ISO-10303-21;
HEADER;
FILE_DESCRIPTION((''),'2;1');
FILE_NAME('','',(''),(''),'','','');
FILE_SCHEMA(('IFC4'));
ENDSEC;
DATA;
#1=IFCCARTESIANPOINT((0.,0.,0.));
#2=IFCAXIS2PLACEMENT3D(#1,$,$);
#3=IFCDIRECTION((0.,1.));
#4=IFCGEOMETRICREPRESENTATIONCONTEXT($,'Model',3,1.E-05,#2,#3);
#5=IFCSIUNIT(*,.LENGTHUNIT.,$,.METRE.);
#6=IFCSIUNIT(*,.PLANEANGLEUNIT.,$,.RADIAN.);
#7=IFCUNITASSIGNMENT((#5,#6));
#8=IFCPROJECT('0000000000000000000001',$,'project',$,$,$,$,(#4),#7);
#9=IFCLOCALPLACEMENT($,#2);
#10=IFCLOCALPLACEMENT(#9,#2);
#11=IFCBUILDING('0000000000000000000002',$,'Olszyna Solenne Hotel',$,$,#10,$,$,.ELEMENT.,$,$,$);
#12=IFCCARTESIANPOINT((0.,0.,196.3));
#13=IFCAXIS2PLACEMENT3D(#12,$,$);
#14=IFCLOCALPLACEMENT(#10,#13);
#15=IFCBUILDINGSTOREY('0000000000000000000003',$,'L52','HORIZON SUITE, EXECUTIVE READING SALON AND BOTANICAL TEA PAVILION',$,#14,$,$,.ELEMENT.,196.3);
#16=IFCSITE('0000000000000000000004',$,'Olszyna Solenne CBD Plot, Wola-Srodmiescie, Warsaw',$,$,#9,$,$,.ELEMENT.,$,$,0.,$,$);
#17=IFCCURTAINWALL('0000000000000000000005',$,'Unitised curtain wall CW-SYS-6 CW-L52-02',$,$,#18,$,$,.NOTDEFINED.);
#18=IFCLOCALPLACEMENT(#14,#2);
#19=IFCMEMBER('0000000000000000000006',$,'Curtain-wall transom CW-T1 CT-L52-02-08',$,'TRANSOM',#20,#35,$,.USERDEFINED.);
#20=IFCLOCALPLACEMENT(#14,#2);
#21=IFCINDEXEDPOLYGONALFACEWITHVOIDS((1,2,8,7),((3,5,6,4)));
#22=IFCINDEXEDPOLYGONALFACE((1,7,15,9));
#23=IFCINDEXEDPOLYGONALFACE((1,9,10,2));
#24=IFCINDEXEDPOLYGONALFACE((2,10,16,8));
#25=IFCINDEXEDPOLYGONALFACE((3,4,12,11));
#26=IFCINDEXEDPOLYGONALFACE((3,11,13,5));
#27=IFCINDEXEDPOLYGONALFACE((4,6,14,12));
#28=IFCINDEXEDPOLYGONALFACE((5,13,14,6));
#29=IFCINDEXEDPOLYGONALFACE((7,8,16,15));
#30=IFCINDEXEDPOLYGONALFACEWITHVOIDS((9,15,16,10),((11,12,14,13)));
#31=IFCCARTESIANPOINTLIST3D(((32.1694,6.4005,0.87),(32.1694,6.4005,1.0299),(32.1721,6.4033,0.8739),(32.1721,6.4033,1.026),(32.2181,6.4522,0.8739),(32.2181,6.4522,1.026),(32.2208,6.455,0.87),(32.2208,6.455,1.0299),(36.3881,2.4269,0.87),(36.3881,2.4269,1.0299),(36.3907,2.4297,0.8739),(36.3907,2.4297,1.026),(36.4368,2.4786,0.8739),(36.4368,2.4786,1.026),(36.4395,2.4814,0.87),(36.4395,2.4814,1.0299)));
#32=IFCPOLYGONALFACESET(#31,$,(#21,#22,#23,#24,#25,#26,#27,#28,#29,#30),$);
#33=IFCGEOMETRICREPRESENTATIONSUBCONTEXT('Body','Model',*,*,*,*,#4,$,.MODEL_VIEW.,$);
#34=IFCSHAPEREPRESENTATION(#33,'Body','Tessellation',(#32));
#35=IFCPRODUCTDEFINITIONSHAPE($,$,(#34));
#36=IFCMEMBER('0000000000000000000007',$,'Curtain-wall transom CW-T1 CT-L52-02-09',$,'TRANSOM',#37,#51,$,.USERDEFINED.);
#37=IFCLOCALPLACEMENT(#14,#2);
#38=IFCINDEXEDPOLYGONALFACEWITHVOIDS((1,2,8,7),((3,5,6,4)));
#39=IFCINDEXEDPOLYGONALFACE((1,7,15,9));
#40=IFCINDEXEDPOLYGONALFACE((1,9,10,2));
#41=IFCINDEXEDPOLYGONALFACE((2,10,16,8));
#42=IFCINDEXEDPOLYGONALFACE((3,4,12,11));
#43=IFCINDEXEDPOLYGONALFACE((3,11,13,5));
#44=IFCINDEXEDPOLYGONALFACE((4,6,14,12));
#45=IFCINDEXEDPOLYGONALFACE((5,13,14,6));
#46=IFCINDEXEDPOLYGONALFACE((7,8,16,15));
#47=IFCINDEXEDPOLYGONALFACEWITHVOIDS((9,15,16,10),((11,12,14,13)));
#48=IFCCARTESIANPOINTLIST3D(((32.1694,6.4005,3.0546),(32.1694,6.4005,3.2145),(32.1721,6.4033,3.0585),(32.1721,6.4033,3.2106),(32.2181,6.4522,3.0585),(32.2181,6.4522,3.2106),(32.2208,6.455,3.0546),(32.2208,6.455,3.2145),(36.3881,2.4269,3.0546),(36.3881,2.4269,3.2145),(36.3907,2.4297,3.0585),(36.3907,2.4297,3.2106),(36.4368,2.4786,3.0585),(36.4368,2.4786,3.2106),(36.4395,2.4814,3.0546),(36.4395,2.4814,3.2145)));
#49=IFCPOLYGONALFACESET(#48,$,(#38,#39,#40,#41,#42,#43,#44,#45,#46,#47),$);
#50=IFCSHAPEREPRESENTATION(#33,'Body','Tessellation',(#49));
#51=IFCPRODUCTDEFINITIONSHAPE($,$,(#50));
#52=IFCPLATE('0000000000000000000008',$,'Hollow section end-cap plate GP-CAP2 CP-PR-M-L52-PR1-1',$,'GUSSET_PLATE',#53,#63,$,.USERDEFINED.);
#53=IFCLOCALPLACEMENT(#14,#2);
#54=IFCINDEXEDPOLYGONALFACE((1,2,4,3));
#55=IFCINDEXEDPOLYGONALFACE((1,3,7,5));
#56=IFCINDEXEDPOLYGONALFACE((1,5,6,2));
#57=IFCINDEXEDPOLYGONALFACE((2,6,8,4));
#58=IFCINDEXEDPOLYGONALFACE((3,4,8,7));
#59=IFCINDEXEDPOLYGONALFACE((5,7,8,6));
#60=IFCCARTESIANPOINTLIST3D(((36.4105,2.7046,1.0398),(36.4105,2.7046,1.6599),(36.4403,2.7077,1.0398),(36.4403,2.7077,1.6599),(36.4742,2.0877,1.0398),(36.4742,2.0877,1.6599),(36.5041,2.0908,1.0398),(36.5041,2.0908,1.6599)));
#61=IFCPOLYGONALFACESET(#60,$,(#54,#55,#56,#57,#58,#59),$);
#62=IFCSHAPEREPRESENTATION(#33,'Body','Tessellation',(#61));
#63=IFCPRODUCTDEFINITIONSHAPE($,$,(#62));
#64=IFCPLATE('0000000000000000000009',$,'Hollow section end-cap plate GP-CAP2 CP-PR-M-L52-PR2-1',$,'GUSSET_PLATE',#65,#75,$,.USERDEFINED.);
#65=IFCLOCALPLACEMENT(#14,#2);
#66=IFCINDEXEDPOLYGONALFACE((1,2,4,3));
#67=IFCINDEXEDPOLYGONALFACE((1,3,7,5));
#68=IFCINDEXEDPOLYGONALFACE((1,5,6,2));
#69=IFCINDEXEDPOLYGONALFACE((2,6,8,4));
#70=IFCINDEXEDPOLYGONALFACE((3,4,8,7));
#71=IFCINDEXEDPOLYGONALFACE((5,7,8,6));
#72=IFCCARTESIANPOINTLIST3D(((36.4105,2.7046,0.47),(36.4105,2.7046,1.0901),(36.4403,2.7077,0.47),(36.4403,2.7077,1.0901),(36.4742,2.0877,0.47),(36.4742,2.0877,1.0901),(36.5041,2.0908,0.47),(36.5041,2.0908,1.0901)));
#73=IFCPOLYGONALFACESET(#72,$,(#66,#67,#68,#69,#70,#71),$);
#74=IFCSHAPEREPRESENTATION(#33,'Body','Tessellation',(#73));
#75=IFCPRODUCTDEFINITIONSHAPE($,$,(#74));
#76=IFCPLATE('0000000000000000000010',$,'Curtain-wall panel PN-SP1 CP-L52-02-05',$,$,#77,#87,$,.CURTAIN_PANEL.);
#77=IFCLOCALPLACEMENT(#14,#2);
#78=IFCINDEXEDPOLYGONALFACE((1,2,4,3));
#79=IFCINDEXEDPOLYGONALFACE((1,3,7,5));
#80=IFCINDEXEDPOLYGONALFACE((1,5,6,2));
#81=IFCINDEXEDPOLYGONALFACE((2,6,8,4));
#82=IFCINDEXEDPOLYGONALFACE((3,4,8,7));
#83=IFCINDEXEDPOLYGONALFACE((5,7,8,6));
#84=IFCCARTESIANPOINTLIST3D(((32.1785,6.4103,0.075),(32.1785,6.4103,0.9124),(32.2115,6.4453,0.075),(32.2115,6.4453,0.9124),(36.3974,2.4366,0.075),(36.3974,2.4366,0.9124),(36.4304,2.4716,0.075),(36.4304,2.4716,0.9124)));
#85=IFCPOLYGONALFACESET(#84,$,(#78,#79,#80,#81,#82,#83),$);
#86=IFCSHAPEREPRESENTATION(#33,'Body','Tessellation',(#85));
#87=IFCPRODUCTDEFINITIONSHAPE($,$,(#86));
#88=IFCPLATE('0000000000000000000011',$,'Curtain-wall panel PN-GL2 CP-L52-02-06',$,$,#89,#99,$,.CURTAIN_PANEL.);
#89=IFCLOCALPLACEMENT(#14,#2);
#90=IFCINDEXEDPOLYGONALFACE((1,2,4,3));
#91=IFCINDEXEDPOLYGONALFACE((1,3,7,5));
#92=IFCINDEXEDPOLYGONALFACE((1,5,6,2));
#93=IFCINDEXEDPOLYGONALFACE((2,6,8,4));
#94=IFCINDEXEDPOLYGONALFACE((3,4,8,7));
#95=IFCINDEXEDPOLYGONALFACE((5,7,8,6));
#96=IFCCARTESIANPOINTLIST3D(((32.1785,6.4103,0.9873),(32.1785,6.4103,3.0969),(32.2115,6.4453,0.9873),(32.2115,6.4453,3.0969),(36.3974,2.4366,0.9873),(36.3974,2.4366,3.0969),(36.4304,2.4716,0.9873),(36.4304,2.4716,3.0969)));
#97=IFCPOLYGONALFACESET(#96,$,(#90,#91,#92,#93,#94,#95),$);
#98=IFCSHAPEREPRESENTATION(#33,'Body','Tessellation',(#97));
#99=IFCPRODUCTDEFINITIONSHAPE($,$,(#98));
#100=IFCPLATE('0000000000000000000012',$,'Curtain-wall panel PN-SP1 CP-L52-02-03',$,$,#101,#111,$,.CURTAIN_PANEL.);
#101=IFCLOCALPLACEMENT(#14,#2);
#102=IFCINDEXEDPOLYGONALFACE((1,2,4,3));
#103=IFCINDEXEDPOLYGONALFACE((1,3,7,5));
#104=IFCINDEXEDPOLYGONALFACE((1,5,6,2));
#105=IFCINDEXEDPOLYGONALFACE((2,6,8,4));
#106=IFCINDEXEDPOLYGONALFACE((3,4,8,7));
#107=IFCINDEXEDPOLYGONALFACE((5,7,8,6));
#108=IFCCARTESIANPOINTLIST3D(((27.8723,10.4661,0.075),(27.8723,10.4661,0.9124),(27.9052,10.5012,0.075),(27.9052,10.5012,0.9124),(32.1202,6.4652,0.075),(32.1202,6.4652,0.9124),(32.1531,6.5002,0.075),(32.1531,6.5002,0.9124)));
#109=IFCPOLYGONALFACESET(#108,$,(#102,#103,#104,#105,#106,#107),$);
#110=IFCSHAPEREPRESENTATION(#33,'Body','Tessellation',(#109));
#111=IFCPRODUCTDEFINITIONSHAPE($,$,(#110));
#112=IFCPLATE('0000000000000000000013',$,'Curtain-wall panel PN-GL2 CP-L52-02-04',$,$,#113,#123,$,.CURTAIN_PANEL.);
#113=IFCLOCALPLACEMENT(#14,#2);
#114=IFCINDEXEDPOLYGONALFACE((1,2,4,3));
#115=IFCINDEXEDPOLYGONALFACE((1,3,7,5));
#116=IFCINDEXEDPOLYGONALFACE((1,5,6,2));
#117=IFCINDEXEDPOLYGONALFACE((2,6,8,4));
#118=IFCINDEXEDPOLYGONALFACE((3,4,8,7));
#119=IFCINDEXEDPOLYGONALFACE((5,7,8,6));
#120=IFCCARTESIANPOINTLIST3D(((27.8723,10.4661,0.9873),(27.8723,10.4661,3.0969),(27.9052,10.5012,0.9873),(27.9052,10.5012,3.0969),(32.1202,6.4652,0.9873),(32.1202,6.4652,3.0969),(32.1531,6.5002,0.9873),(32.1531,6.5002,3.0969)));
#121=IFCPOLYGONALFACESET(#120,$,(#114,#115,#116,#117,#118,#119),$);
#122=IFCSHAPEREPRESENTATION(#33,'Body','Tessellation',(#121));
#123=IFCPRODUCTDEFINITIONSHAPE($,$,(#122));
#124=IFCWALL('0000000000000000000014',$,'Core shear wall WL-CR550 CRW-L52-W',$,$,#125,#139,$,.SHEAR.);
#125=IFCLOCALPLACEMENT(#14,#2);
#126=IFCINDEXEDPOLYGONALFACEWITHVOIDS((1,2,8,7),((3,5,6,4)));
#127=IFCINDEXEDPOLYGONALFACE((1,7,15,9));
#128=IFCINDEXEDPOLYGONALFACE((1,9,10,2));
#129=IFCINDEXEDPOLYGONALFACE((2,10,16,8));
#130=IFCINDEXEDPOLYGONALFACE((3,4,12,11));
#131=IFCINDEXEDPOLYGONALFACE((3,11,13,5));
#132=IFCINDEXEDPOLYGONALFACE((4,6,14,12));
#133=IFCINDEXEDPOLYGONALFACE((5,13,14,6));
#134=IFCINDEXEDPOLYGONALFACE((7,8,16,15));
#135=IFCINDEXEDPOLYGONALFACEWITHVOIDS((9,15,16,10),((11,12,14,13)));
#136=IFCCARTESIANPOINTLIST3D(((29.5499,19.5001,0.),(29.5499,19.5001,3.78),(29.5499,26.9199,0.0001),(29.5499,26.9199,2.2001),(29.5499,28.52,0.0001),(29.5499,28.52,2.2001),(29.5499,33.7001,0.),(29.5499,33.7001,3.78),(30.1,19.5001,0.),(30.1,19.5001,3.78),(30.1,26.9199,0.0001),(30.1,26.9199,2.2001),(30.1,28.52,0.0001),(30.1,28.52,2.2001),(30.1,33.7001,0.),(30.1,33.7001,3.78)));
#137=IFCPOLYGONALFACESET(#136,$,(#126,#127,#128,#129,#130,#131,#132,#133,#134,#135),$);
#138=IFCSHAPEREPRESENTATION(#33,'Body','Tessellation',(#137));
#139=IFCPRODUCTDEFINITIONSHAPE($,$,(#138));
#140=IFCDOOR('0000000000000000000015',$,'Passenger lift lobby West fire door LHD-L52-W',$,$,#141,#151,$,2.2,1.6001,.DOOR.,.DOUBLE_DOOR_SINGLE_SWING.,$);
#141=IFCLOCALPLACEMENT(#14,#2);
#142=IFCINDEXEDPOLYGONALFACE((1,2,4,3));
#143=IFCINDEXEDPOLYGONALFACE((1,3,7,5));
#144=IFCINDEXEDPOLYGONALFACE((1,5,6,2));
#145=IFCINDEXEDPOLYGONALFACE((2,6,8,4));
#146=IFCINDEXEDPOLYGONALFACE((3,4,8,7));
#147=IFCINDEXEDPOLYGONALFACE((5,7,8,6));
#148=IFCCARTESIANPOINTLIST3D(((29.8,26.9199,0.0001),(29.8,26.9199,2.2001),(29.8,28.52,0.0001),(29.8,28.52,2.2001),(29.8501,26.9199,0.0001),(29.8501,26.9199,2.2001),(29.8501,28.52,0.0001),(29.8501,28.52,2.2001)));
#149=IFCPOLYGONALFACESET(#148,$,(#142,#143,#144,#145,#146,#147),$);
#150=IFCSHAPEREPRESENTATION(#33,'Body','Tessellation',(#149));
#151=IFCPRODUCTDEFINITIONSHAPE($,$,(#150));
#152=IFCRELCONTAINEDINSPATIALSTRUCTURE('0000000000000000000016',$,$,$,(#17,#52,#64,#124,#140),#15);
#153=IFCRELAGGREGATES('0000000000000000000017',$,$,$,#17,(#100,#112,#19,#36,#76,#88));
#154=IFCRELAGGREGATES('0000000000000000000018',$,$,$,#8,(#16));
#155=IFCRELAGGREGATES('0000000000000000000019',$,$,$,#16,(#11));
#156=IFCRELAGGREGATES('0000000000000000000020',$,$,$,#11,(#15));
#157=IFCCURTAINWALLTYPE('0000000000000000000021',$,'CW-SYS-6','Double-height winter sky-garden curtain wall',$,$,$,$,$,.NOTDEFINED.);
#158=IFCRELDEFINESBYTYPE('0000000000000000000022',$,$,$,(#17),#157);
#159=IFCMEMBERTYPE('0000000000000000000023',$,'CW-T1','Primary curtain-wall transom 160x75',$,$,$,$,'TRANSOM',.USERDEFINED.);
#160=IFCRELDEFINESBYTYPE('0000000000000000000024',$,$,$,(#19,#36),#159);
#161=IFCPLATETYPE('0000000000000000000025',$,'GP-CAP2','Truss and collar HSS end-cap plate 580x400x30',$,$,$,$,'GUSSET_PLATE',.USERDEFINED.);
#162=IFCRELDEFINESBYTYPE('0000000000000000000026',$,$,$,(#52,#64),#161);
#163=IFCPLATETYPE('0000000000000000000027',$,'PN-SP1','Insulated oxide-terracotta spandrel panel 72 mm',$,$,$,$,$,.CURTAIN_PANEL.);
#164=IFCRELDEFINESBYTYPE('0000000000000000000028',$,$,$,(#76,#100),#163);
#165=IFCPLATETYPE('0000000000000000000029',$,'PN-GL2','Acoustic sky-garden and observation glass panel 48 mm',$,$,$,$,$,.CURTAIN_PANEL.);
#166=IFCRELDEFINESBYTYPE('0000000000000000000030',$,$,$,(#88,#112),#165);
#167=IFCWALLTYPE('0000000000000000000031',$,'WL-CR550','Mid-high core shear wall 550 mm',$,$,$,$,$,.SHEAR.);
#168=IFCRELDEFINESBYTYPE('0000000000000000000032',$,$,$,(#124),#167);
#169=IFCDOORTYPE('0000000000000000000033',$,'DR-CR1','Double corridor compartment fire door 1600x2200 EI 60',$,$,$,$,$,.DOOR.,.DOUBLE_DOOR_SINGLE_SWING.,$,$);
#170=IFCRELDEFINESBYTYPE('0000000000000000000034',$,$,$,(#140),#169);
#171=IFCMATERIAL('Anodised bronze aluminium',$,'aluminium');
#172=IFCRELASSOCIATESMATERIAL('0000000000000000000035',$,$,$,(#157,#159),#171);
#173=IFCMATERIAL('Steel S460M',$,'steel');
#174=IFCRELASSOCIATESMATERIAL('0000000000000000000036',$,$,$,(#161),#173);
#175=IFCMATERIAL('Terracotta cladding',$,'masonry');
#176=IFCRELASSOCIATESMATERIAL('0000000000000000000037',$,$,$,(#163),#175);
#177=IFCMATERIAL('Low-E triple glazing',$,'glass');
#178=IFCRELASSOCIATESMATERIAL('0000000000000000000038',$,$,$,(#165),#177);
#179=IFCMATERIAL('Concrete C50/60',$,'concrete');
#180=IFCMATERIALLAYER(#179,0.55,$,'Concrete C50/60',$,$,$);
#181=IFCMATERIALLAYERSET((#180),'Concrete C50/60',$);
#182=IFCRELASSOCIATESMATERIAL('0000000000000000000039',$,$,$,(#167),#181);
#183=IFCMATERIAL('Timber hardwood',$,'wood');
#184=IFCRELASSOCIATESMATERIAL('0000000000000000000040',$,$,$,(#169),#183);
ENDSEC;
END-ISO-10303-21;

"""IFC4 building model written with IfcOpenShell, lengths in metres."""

from ifc_helpers import new_model, si_unit, direction, frame, frame_2d, origin, origin_2d, place, context, subcontext, project, spatial, rectangle, hollow_rectangle, extrude, source, transform, mapped, material, layer, layer_set, material_profile, profile_set, type_object, type_shapes, element, fill, aggregate, save


model = new_model("IFC4")

# Units and contexts
model_context = context("Model", 3, precision=1e-05, world=origin(), true_north=direction((0.0, 1.0)))
body_context = subcontext(model_context, "Body", "Model", "MODEL_VIEW")
ifc_project = project(units=[si_unit("LENGTHUNIT", "METRE"), si_unit("PLANEANGLEUNIT", "RADIAN")], contexts=[model_context])

# Site, building, storey
site_placement = place(None, origin())
site = spatial("IfcSite", under=ifc_project, at=site_placement, Name="Olszyna Solenne CBD Plot, Wola-Srodmiescie, Warsaw", CompositionType="ELEMENT", RefElevation=0.0)
building_placement = place(site_placement, origin())
building = spatial("IfcBuilding", under=site, at=building_placement, Name="Olszyna Solenne Hotel", CompositionType="ELEMENT")
storey_placement = place(building_placement, frame((0.0, 0.0, 196.3)))
storey = spatial("IfcBuildingStorey", under=building, at=storey_placement, Name="L52", Description="HORIZON SUITE, EXECUTIVE READING SALON AND BOTANICAL TEA PAVILION", CompositionType="ELEMENT", Elevation=196.3)

# Shared definitions
ifc_material_1 = material(Name="Steel S460M", Category="steel")

# Curtain wall, members
ifc_material_2 = material(Name="Anodised bronze aluminium", Category="aluminium")
curtain_wall_type = type_object("IfcCurtainWallType", Name="CW-SYS-6", Description="Double-height winter sky-garden curtain wall", PredefinedType="NOTDEFINED", material=ifc_material_2)
curtain_wall_placement = place(storey_placement, origin())
curtain_wall = element("IfcCurtainWall", 1, at=curtain_wall_placement, inside=storey, type_object=curtain_wall_type, Name="Unitised curtain wall CW-SYS-6 CW-L52-02", PredefinedType="NOTDEFINED")
ifc_material_profile_1 = material_profile(ifc_material_2, hollow_rectangle(XDim=0.075, YDim=0.1599, WallThickness=0.0039, at=origin_2d()), Name="TRAN 160x75x4", Category="load-bearing")
ifc_profile_set_1 = profile_set([ifc_material_profile_1], Name="Anodised bronze aluminium")
member_type_1 = type_object("IfcMemberType", Name="CW-T1", Description="Primary curtain-wall transom 160x75", ElementType="TRANSOM", PredefinedType="USERDEFINED", material=ifc_profile_set_1)
shared_shape_1 = source(origin(), body_context, "Body", "SweptSolid", [
    extrude(hollow_rectangle(XDim=0.075, YDim=0.1599, WallThickness=0.0039, at=origin_2d()), origin(), (0.0, 0.0, 1.0), 5.7954),
])
member_1_placement = place(storey_placement, frame((32.1951, 6.4277, 0.95), z_axis=(0.727938, -0.685643, 0.0), x_axis=(0.685643, 0.727938, 0.0)))
member_1 = element("IfcMember", 2, at=member_1_placement, type_object=member_type_1, Name="Curtain-wall transom CW-T1 CT-L52-02-08", ObjectType="TRANSOM", PredefinedType="USERDEFINED", context=body_context, shape_type="MappedRepresentation", body=[
    mapped(shared_shape_1, transform((0.0, 0.0, 0.0), x_axis=(1.0, 0.0, 0.0), y_axis=(0.0, 1.0, 0.0), z_axis=(0.0, 0.0, 1.0), scale=1.0)),
])
member_2_placement = place(storey_placement, frame((32.1951, 6.4277, 3.1345), z_axis=(0.727938, -0.685643, 0.0), x_axis=(0.685643, 0.727938, 0.0)))
member_2 = element("IfcMember", 3, at=member_2_placement, type_object=member_type_1, Name="Curtain-wall transom CW-T1 CT-L52-02-09", ObjectType="TRANSOM", PredefinedType="USERDEFINED", context=body_context, shape_type="MappedRepresentation", body=[
    mapped(shared_shape_1, transform((0.0, 0.0, 0.0), x_axis=(1.0, 0.0, 0.0), y_axis=(0.0, 1.0, 0.0), z_axis=(0.0, 0.0, 1.0), scale=1.0)),
])

# Plates
plate_type_1 = type_object("IfcPlateType", Name="GP-CAP2", Description="Truss and collar HSS end-cap plate 580x400x30", ElementType="GUSSET_PLATE", PredefinedType="USERDEFINED", material=ifc_material_1)
shared_shape_2 = source(origin(), body_context, "Body", "SweptSolid", [
    extrude(rectangle(XDim=0.03, YDim=0.6201, at=origin_2d()), origin(), (0.0, 0.0, 1.0), 0.6201),
])
for number, where, z_axis, x_axis, name in (
    (4, (36.4573, 2.3977, 1.0398), (0.0, 0.0, 1.0), (0.994703, 0.102793, 0.0), "Hollow section end-cap plate GP-CAP2 CP-PR-M-L52-PR1-1"),
    (5, (36.4573, 2.3977, 0.47), (0.0, 0.0, 1.0), (0.994703, 0.102793, 0.0), "Hollow section end-cap plate GP-CAP2 CP-PR-M-L52-PR2-1"),
):
    element("IfcPlate", number, at=place(storey_placement, frame(where, z_axis=z_axis, x_axis=x_axis)), inside=storey, type_object=plate_type_1, Name=name, ObjectType="GUSSET_PLATE", PredefinedType="USERDEFINED", context=body_context, shape_type="MappedRepresentation", body=[
        mapped(shared_shape_2, transform((0.0, 0.0, 0.0), x_axis=(1.0, 0.0, 0.0), y_axis=(0.0, 1.0, 0.0), z_axis=(0.0, 0.0, 1.0), scale=1.0)),
    ])

# Plates
ifc_material_3 = material(Name="Terracotta cladding", Category="masonry")
plate_type_2 = type_object("IfcPlateType", Name="PN-SP1", Description="Insulated oxide-terracotta spandrel panel 72 mm", PredefinedType="CURTAIN_PANEL", material=ifc_material_3)
shared_shape_3 = source(origin(), body_context, "Body", "SweptSolid", [
    extrude(rectangle(XDim=5.7957, YDim=0.0481, at=origin_2d()), origin(), (0.0, 0.0, 1.0), 0.8374),
])
plate_1_placement = place(storey_placement, frame((34.3044, 4.4409, 0.075), z_axis=(0.0, 0.0, 1.0), x_axis=(0.727946, -0.685634, 0.0)))
plate_1 = element("IfcPlate", 6, at=plate_1_placement, type_object=plate_type_2, Name="Curtain-wall panel PN-SP1 CP-L52-02-05", PredefinedType="CURTAIN_PANEL", context=body_context, shape_type="MappedRepresentation", body=[
    mapped(shared_shape_3, transform((0.0, 0.0, 0.0), x_axis=(1.0, 0.0, 0.0), y_axis=(0.0, 1.0, 0.0), z_axis=(0.0, 0.0, 1.0), scale=1.0)),
])
ifc_material_4 = material(Name="Low-E triple glazing", Category="glass")
plate_type_3 = type_object("IfcPlateType", Name="PN-GL2", Description="Acoustic sky-garden and observation glass panel 48 mm", PredefinedType="CURTAIN_PANEL", material=ifc_material_4)
shared_shape_4 = source(origin(), body_context, "Body", "SweptSolid", [
    extrude(rectangle(XDim=5.7957, YDim=0.0481, at=origin_2d()), origin(), (0.0, 0.0, 1.0), 2.1096),
])
plate_2_placement = place(storey_placement, frame((34.3044, 4.4409, 0.9873), z_axis=(0.0, 0.0, 1.0), x_axis=(0.727946, -0.685634, 0.0)))
plate_2 = element("IfcPlate", 7, at=plate_2_placement, type_object=plate_type_3, Name="Curtain-wall panel PN-GL2 CP-L52-02-06", PredefinedType="CURTAIN_PANEL", context=body_context, shape_type="MappedRepresentation", body=[
    mapped(shared_shape_4, transform((0.0, 0.0, 0.0), x_axis=(1.0, 0.0, 0.0), y_axis=(0.0, 1.0, 0.0), z_axis=(0.0, 0.0, 1.0), scale=1.0)),
])
shared_shape_5 = source(origin(), body_context, "Body", "SweptSolid", [
    extrude(rectangle(XDim=5.8354, YDim=0.0481, at=origin_2d()), origin(), (0.0, 0.0, 1.0), 0.8374),
])
plate_3_placement = place(storey_placement, frame((30.0127, 8.4832, 0.075), z_axis=(0.0, 0.0, 1.0), x_axis=(0.727946, -0.685634, 0.0)))
plate_3 = element("IfcPlate", 8, at=plate_3_placement, type_object=plate_type_2, Name="Curtain-wall panel PN-SP1 CP-L52-02-03", PredefinedType="CURTAIN_PANEL", context=body_context, shape_type="MappedRepresentation", body=[
    mapped(shared_shape_5, transform((0.0, 0.0, 0.0), x_axis=(1.0, 0.0, 0.0), y_axis=(0.0, 1.0, 0.0), z_axis=(0.0, 0.0, 1.0), scale=1.0)),
])
shared_shape_6 = source(origin(), body_context, "Body", "SweptSolid", [
    extrude(rectangle(XDim=5.8354, YDim=0.0481, at=origin_2d()), origin(), (0.0, 0.0, 1.0), 2.1096),
])
plate_4_placement = place(storey_placement, frame((30.0127, 8.4832, 0.9873), z_axis=(0.0, 0.0, 1.0), x_axis=(0.727946, -0.685634, 0.0)))
plate_4 = element("IfcPlate", 9, at=plate_4_placement, type_object=plate_type_3, Name="Curtain-wall panel PN-GL2 CP-L52-02-04", PredefinedType="CURTAIN_PANEL", context=body_context, shape_type="MappedRepresentation", body=[
    mapped(shared_shape_6, transform((0.0, 0.0, 0.0), x_axis=(1.0, 0.0, 0.0), y_axis=(0.0, 1.0, 0.0), z_axis=(0.0, 0.0, 1.0), scale=1.0)),
])
aggregate(curtain_wall, [plate_3, plate_4, member_1, member_2, plate_1, plate_2])

# Wall, opening, door
ifc_material_5 = material(Name="Concrete C50/60", Category="concrete")
ifc_layer_1 = layer(ifc_material_5, 0.55, Name="Concrete C50/60")
ifc_layer_set_1 = layer_set([ifc_layer_1], Name="Concrete C50/60")
wall_type_1 = type_object("IfcWallType", Name="WL-CR550", Description="Mid-high core shear wall 550 mm", PredefinedType="SHEAR", material=ifc_layer_set_1)
wall_1_placement = place(storey_placement, frame((29.825, 19.5, 0.0), z_axis=(0.0, 0.0, 1.0), x_axis=(0.0, 1.0, 0.0)))
wall_1 = element("IfcWall", 10, at=wall_1_placement, inside=storey, type_object=wall_type_1, Name="Core shear wall WL-CR550 CRW-L52-W", PredefinedType="SHEAR", context=body_context, shape_type="SweptSolid", body=[
    extrude(rectangle(XDim=14.2, YDim=0.55, at=frame_2d((7.1001, 0.0))), origin(), (0.0, 0.0, 1.0), 3.78),
])
opening_1_placement = place(wall_1_placement, frame((7.4199, 0.0, 0.0)))
opening_1 = element("IfcOpeningElement", 11, at=opening_1_placement, cuts=wall_1, PredefinedType="OPENING", context=body_context, shape_type="SweptSolid", body=[
    extrude(rectangle(XDim=1.6001, YDim=2.2, at=frame_2d((0.8, 1.1001))), frame((0.0, 0.2852, 0.0), z_axis=(0.0, -1.0, 0.0), x_axis=(1.0, 0.0, 0.0)), (0.0, 0.0, 1.0), 0.5701),
])
ifc_material_6 = material(Name="Timber hardwood", Category="wood")
door_type_1 = type_object("IfcDoorType", Name="DR-CR1", Description="Double corridor compartment fire door 1600x2200 EI 60", OperationType="DOUBLE_DOOR_SINGLE_SWING", PredefinedType="DOOR", material=ifc_material_6)
shared_shape_7 = source(origin(), body_context, "Body", "SweptSolid", [
    extrude(rectangle(XDim=1.6001, YDim=2.2, at=frame_2d((0.8, 1.1001))), frame((0.0, 0.0249, 0.0), z_axis=(0.0, -1.0, 0.0), x_axis=(1.0, 0.0, 0.0)), (0.0, 0.0, 1.0), 0.05),
])
type_shapes(door_type_1, [shared_shape_7])
door_1_placement = place(opening_1_placement, origin())
door_1 = element("IfcDoor", 12, at=door_1_placement, inside=storey, type_object=door_type_1, Name="Passenger lift lobby West fire door LHD-L52-W", OperationType="DOUBLE_DOOR_SINGLE_SWING", OverallHeight=2.2, OverallWidth=1.6001, PredefinedType="DOOR", context=body_context, shape_type="MappedRepresentation", body=[
    mapped(shared_shape_7, transform((0.0, 0.0, 0.0), x_axis=(1.0, 0.0, 0.0), y_axis=(0.0, 1.0, 0.0), z_axis=(0.0, 0.0, 1.0), scale=1.0)),
])
fill(opening_1, door_1)

save(model, "model.ifc")
